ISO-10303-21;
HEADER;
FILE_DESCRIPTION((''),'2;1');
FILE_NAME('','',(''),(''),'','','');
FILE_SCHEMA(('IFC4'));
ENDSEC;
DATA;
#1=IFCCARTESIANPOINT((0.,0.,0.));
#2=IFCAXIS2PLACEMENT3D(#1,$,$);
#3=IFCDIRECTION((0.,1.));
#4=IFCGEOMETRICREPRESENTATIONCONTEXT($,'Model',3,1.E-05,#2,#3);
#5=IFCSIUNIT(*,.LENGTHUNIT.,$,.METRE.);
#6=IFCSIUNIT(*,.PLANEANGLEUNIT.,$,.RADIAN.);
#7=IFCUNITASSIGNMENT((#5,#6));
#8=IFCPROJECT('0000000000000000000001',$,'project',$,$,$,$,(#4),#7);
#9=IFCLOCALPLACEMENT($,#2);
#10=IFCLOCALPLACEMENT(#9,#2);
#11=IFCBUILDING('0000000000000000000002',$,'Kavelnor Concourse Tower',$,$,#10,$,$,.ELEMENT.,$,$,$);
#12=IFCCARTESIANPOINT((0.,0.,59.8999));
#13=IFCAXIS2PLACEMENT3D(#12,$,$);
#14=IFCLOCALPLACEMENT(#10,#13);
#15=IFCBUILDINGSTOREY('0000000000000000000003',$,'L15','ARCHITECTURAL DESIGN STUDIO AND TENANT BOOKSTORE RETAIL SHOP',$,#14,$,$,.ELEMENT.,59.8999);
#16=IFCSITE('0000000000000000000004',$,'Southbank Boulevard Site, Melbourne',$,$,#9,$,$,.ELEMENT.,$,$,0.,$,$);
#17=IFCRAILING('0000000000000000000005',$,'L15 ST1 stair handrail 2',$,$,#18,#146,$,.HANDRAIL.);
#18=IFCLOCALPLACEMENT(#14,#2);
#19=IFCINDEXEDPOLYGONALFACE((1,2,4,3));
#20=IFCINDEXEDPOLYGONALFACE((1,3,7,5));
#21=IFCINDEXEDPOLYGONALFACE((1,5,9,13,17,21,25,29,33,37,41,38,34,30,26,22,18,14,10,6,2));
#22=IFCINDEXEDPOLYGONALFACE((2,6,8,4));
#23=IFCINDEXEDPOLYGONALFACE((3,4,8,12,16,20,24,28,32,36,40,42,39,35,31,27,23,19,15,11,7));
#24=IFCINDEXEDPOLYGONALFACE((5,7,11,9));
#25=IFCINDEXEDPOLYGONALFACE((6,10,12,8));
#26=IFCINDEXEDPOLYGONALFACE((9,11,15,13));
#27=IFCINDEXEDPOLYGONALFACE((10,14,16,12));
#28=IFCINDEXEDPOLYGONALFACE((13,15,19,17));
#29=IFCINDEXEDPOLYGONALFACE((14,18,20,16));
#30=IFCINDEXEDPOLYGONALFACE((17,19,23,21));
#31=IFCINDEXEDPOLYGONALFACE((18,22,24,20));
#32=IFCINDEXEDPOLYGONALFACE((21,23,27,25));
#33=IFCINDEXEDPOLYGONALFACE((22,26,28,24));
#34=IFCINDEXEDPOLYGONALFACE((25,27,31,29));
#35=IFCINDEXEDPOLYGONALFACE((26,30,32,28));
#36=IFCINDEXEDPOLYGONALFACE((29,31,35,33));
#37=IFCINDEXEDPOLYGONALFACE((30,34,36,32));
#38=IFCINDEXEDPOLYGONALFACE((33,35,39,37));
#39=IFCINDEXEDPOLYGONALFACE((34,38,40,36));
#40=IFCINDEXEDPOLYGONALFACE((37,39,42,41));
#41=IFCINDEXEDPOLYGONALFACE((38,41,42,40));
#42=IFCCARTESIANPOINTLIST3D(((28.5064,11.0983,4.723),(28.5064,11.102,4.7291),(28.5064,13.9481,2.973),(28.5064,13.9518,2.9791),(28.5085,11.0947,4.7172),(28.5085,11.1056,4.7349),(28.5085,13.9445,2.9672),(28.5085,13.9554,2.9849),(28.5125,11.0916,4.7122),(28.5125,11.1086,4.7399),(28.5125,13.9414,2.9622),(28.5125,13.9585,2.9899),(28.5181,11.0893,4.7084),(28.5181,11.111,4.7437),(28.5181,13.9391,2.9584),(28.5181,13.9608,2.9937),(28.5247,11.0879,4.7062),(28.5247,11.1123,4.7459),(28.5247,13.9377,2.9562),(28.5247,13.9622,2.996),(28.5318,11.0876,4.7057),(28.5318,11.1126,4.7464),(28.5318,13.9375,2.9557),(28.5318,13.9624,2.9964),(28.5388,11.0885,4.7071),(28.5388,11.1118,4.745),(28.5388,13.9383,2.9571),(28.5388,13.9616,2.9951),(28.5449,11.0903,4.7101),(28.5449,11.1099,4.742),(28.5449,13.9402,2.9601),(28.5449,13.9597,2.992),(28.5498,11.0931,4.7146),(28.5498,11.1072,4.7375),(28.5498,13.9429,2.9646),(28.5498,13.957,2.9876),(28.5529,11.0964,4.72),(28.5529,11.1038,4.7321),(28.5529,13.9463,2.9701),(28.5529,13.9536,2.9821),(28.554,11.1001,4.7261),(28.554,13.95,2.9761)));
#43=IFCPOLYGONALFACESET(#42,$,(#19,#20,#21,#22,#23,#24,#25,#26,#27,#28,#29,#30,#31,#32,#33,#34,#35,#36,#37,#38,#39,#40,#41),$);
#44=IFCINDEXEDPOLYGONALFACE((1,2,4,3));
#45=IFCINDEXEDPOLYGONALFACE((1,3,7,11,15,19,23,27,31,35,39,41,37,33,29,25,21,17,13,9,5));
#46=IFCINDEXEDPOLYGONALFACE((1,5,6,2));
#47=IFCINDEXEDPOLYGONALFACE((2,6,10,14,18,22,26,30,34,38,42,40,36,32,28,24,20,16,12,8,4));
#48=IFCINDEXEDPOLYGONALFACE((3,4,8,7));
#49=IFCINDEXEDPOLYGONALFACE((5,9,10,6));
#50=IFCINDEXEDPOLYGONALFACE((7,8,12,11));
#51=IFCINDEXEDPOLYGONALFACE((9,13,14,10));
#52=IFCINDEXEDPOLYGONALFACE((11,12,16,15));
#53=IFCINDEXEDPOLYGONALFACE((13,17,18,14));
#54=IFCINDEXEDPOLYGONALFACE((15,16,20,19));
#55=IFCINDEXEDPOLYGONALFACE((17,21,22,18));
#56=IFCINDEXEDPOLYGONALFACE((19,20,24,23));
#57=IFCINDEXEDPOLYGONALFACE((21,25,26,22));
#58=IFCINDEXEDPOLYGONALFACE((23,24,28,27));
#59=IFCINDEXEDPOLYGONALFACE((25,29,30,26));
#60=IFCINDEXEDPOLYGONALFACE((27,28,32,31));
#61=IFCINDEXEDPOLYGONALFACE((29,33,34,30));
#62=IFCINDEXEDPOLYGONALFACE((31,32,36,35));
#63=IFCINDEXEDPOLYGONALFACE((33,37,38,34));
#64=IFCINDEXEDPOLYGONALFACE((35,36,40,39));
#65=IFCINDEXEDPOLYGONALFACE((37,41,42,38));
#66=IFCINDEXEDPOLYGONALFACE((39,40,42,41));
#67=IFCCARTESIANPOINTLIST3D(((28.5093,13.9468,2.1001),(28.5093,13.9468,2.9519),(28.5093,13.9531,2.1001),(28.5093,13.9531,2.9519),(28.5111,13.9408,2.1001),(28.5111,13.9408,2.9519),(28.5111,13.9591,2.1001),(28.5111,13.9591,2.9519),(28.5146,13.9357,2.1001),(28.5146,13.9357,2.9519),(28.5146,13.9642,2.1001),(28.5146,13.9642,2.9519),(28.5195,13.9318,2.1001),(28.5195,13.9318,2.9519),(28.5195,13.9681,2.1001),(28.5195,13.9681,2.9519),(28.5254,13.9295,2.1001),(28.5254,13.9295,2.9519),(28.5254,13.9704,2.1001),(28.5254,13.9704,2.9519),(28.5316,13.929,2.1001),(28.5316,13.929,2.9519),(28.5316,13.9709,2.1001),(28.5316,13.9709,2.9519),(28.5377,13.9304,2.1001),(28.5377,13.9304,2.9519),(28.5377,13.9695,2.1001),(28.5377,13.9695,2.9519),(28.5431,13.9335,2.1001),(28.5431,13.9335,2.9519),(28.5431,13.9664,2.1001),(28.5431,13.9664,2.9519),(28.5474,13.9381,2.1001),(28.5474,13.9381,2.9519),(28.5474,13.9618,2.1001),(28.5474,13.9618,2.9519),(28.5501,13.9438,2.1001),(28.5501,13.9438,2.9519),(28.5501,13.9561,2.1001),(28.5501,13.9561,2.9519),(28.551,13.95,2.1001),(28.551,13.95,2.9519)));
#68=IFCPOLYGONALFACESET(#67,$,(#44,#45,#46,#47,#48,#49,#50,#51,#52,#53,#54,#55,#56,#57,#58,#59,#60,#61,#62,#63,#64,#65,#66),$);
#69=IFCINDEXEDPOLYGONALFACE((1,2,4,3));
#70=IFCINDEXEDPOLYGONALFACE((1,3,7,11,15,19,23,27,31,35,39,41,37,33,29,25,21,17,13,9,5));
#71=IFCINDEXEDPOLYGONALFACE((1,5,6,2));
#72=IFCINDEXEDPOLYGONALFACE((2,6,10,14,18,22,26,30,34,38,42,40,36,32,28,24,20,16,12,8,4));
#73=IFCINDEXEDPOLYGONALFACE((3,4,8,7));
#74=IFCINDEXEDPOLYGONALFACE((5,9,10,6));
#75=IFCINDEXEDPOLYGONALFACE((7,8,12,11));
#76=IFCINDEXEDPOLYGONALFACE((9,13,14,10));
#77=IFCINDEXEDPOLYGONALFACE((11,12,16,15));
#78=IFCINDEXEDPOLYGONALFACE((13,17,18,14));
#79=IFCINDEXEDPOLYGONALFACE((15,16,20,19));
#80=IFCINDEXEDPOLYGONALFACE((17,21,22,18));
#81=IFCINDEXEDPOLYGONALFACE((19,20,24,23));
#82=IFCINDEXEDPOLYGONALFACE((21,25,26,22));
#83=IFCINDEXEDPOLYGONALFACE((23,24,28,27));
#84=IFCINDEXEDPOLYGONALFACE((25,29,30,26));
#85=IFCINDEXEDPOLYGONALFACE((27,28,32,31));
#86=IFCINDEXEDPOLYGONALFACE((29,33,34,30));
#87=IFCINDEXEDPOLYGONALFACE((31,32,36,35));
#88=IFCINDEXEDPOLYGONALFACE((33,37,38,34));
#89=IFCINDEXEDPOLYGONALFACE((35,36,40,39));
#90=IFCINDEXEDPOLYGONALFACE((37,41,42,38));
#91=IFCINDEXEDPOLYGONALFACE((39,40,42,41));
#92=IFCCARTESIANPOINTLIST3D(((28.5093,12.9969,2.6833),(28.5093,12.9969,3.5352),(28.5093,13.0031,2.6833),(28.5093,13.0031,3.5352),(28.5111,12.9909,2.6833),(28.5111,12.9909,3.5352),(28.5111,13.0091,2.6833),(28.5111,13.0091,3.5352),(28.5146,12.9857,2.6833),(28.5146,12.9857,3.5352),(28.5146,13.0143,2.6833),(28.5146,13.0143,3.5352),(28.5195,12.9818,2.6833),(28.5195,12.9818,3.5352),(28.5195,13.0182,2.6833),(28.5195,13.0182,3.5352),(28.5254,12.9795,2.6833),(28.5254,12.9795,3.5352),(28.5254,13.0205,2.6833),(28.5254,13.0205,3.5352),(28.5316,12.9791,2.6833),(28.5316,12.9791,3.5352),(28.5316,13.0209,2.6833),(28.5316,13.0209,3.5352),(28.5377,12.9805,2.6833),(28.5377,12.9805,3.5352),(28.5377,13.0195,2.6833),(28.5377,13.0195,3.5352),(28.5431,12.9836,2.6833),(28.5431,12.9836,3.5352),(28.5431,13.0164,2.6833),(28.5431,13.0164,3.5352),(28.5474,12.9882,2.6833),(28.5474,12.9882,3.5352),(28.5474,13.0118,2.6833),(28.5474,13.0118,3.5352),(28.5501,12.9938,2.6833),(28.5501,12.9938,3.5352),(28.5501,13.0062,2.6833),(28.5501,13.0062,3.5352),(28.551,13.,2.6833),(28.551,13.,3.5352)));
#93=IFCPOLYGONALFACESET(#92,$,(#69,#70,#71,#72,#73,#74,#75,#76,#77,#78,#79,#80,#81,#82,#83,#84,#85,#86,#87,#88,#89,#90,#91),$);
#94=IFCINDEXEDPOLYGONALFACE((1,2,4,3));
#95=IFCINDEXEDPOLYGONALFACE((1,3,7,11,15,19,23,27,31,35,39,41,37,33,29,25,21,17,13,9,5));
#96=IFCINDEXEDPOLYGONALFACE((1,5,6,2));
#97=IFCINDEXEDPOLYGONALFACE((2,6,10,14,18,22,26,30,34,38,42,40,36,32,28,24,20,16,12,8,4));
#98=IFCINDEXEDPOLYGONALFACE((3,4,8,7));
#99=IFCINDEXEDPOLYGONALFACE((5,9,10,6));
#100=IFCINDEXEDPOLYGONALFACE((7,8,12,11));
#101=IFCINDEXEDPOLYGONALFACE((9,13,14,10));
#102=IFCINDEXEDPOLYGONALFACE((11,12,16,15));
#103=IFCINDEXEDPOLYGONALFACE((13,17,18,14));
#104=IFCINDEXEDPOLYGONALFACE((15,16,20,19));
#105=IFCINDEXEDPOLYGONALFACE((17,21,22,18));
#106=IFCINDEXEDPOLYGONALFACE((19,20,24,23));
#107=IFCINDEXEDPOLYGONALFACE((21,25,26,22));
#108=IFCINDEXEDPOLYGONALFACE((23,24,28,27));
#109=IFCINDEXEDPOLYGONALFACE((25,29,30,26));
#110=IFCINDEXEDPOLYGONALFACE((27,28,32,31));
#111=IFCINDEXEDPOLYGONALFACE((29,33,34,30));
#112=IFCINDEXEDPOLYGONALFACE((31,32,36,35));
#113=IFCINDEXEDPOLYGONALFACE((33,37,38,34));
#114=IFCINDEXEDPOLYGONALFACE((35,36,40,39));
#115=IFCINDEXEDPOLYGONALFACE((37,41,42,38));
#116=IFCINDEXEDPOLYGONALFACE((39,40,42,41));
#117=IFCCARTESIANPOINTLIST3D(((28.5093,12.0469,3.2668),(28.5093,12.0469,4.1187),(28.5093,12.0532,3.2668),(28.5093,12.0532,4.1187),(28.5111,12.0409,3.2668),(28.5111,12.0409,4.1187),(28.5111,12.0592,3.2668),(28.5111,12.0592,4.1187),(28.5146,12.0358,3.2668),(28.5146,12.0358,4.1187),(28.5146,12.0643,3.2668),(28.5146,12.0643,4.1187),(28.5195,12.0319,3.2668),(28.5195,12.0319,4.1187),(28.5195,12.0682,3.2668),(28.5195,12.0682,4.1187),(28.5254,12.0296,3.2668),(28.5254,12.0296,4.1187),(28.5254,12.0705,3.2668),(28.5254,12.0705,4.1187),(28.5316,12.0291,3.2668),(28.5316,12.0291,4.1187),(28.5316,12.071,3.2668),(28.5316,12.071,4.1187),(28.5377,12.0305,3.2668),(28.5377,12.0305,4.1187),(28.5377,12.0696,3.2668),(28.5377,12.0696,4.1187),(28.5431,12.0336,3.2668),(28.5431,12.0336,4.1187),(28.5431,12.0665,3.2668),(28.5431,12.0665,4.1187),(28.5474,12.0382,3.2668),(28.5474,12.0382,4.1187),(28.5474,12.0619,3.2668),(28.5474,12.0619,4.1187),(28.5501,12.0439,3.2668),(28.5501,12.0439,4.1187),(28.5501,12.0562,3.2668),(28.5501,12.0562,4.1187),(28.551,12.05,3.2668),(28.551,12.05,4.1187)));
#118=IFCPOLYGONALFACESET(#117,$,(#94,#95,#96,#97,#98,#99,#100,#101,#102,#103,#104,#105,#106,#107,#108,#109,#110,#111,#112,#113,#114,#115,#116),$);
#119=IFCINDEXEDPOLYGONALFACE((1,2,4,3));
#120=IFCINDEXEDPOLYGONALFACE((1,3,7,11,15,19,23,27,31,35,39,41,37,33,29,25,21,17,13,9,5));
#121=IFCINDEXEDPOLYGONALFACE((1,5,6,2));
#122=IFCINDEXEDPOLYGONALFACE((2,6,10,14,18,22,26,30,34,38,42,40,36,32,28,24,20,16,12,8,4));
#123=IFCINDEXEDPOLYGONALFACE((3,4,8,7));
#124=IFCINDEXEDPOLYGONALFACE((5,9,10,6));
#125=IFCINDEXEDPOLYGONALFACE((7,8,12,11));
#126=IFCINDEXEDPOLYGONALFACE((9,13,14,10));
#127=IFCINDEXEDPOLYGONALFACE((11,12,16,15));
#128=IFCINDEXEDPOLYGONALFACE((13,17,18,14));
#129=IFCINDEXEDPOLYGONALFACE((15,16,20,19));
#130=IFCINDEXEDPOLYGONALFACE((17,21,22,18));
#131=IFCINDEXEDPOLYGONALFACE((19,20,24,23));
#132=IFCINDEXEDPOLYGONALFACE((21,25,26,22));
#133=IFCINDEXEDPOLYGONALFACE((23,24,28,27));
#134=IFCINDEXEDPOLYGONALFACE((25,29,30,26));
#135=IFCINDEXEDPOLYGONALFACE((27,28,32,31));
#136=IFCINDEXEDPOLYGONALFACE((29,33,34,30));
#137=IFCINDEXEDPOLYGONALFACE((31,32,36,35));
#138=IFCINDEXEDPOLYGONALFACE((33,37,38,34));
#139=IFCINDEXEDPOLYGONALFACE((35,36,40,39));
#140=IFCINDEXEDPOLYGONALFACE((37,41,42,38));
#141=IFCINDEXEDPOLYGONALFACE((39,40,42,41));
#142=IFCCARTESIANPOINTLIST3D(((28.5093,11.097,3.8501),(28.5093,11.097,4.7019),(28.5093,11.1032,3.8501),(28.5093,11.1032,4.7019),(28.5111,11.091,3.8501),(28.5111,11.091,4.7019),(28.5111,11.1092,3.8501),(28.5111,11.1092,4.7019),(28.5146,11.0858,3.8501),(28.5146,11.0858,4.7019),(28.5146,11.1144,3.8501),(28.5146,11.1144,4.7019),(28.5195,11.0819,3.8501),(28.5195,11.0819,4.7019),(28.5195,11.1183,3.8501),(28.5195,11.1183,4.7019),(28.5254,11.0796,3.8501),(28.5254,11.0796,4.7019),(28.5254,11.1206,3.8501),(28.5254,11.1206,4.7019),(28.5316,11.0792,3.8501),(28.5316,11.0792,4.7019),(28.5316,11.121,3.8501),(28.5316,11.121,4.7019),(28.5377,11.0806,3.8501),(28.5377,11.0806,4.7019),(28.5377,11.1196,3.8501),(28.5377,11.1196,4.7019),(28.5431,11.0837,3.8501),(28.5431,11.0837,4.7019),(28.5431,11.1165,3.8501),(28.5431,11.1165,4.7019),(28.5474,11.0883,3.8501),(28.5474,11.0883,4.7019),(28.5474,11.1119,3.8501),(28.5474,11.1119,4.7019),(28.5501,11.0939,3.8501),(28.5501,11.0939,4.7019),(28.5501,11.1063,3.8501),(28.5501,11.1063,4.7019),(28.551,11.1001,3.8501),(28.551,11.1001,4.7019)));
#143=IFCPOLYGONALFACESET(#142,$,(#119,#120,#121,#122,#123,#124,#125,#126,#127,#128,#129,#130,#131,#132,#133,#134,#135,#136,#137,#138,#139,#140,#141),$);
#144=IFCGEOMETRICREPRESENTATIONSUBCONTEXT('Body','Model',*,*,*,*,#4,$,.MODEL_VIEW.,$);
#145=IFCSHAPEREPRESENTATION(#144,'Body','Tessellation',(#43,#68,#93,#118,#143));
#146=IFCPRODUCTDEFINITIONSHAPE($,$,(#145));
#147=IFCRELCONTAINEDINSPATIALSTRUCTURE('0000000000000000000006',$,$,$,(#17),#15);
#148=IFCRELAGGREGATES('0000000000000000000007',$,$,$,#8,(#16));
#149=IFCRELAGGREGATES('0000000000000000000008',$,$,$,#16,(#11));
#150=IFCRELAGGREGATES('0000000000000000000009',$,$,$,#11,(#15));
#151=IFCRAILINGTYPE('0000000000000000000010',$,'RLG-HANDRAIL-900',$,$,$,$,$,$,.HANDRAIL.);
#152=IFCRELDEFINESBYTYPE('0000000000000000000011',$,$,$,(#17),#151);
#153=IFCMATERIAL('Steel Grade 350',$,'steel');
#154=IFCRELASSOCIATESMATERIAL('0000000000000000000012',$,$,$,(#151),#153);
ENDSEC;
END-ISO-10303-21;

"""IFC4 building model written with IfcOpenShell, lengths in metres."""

from ifc_helpers import new_model, si_unit, direction, frame, origin, origin_2d, place, context, subcontext, project, spatial, circle, extrude, material, type_object, element, save


model = new_model("IFC4")

# Units and contexts
model_context = context("Model", 3, precision=1e-05, world=origin(), true_north=direction((0.0, 1.0)))
body_context = subcontext(model_context, "Body", "Model", "MODEL_VIEW")
ifc_project = project(units=[si_unit("LENGTHUNIT", "METRE"), si_unit("PLANEANGLEUNIT", "RADIAN")], contexts=[model_context])

# Site, building, storey
site_placement = place(None, origin())
site = spatial("IfcSite", under=ifc_project, at=site_placement, Name="Southbank Boulevard Site, Melbourne", CompositionType="ELEMENT", RefElevation=0.0)
building_placement = place(site_placement, origin())
building = spatial("IfcBuilding", under=site, at=building_placement, Name="Kavelnor Concourse Tower", CompositionType="ELEMENT")
storey_placement = place(building_placement, frame((0.0, 0.0, 59.8999)))
storey = spatial("IfcBuildingStorey", under=building, at=storey_placement, Name="L15", Description="ARCHITECTURAL DESIGN STUDIO AND TENANT BOOKSTORE RETAIL SHOP", CompositionType="ELEMENT", Elevation=59.8999)

# Shared definitions
ifc_material_1 = material(Name="Steel Grade 350", Category="steel")

# Railing
railing_type_1 = type_object("IfcRailingType", Name="RLG-HANDRAIL-900", PredefinedType="HANDRAIL", material=ifc_material_1)
railing_1_placement = place(storey_placement, frame((28.53, 13.95, 2.1001)))
element("IfcRailing", 1, at=railing_1_placement, inside=storey, type_object=railing_type_1, Name="L15 ST1 stair handrail 2", PredefinedType="HANDRAIL", context=body_context, shape_type="SweptSolid", body=[
    extrude(circle(Radius=0.0239, at=origin_2d()), frame((0.0, 0.0, 0.876), z_axis=(0.0, -0.852159, 0.523283), x_axis=(1.0, 0.0, 0.0)), (0.0, 0.0, 1.0), 3.3442),
    extrude(circle(Radius=0.021, at=origin_2d()), origin(), (0.0, 0.0, 1.0), 0.8518),
    extrude(circle(Radius=0.021, at=origin_2d()), frame((0.0, -0.95, 0.5833)), (0.0, 0.0, 1.0), 0.8518),
    extrude(circle(Radius=0.021, at=origin_2d()), frame((0.0, -1.8999, 1.1667)), (0.0, 0.0, 1.0), 0.8518),
    extrude(circle(Radius=0.021, at=origin_2d()), frame((0.0, -2.8499, 1.75)), (0.0, 0.0, 1.0), 0.8518),
])

save(model, "model.ifc")
